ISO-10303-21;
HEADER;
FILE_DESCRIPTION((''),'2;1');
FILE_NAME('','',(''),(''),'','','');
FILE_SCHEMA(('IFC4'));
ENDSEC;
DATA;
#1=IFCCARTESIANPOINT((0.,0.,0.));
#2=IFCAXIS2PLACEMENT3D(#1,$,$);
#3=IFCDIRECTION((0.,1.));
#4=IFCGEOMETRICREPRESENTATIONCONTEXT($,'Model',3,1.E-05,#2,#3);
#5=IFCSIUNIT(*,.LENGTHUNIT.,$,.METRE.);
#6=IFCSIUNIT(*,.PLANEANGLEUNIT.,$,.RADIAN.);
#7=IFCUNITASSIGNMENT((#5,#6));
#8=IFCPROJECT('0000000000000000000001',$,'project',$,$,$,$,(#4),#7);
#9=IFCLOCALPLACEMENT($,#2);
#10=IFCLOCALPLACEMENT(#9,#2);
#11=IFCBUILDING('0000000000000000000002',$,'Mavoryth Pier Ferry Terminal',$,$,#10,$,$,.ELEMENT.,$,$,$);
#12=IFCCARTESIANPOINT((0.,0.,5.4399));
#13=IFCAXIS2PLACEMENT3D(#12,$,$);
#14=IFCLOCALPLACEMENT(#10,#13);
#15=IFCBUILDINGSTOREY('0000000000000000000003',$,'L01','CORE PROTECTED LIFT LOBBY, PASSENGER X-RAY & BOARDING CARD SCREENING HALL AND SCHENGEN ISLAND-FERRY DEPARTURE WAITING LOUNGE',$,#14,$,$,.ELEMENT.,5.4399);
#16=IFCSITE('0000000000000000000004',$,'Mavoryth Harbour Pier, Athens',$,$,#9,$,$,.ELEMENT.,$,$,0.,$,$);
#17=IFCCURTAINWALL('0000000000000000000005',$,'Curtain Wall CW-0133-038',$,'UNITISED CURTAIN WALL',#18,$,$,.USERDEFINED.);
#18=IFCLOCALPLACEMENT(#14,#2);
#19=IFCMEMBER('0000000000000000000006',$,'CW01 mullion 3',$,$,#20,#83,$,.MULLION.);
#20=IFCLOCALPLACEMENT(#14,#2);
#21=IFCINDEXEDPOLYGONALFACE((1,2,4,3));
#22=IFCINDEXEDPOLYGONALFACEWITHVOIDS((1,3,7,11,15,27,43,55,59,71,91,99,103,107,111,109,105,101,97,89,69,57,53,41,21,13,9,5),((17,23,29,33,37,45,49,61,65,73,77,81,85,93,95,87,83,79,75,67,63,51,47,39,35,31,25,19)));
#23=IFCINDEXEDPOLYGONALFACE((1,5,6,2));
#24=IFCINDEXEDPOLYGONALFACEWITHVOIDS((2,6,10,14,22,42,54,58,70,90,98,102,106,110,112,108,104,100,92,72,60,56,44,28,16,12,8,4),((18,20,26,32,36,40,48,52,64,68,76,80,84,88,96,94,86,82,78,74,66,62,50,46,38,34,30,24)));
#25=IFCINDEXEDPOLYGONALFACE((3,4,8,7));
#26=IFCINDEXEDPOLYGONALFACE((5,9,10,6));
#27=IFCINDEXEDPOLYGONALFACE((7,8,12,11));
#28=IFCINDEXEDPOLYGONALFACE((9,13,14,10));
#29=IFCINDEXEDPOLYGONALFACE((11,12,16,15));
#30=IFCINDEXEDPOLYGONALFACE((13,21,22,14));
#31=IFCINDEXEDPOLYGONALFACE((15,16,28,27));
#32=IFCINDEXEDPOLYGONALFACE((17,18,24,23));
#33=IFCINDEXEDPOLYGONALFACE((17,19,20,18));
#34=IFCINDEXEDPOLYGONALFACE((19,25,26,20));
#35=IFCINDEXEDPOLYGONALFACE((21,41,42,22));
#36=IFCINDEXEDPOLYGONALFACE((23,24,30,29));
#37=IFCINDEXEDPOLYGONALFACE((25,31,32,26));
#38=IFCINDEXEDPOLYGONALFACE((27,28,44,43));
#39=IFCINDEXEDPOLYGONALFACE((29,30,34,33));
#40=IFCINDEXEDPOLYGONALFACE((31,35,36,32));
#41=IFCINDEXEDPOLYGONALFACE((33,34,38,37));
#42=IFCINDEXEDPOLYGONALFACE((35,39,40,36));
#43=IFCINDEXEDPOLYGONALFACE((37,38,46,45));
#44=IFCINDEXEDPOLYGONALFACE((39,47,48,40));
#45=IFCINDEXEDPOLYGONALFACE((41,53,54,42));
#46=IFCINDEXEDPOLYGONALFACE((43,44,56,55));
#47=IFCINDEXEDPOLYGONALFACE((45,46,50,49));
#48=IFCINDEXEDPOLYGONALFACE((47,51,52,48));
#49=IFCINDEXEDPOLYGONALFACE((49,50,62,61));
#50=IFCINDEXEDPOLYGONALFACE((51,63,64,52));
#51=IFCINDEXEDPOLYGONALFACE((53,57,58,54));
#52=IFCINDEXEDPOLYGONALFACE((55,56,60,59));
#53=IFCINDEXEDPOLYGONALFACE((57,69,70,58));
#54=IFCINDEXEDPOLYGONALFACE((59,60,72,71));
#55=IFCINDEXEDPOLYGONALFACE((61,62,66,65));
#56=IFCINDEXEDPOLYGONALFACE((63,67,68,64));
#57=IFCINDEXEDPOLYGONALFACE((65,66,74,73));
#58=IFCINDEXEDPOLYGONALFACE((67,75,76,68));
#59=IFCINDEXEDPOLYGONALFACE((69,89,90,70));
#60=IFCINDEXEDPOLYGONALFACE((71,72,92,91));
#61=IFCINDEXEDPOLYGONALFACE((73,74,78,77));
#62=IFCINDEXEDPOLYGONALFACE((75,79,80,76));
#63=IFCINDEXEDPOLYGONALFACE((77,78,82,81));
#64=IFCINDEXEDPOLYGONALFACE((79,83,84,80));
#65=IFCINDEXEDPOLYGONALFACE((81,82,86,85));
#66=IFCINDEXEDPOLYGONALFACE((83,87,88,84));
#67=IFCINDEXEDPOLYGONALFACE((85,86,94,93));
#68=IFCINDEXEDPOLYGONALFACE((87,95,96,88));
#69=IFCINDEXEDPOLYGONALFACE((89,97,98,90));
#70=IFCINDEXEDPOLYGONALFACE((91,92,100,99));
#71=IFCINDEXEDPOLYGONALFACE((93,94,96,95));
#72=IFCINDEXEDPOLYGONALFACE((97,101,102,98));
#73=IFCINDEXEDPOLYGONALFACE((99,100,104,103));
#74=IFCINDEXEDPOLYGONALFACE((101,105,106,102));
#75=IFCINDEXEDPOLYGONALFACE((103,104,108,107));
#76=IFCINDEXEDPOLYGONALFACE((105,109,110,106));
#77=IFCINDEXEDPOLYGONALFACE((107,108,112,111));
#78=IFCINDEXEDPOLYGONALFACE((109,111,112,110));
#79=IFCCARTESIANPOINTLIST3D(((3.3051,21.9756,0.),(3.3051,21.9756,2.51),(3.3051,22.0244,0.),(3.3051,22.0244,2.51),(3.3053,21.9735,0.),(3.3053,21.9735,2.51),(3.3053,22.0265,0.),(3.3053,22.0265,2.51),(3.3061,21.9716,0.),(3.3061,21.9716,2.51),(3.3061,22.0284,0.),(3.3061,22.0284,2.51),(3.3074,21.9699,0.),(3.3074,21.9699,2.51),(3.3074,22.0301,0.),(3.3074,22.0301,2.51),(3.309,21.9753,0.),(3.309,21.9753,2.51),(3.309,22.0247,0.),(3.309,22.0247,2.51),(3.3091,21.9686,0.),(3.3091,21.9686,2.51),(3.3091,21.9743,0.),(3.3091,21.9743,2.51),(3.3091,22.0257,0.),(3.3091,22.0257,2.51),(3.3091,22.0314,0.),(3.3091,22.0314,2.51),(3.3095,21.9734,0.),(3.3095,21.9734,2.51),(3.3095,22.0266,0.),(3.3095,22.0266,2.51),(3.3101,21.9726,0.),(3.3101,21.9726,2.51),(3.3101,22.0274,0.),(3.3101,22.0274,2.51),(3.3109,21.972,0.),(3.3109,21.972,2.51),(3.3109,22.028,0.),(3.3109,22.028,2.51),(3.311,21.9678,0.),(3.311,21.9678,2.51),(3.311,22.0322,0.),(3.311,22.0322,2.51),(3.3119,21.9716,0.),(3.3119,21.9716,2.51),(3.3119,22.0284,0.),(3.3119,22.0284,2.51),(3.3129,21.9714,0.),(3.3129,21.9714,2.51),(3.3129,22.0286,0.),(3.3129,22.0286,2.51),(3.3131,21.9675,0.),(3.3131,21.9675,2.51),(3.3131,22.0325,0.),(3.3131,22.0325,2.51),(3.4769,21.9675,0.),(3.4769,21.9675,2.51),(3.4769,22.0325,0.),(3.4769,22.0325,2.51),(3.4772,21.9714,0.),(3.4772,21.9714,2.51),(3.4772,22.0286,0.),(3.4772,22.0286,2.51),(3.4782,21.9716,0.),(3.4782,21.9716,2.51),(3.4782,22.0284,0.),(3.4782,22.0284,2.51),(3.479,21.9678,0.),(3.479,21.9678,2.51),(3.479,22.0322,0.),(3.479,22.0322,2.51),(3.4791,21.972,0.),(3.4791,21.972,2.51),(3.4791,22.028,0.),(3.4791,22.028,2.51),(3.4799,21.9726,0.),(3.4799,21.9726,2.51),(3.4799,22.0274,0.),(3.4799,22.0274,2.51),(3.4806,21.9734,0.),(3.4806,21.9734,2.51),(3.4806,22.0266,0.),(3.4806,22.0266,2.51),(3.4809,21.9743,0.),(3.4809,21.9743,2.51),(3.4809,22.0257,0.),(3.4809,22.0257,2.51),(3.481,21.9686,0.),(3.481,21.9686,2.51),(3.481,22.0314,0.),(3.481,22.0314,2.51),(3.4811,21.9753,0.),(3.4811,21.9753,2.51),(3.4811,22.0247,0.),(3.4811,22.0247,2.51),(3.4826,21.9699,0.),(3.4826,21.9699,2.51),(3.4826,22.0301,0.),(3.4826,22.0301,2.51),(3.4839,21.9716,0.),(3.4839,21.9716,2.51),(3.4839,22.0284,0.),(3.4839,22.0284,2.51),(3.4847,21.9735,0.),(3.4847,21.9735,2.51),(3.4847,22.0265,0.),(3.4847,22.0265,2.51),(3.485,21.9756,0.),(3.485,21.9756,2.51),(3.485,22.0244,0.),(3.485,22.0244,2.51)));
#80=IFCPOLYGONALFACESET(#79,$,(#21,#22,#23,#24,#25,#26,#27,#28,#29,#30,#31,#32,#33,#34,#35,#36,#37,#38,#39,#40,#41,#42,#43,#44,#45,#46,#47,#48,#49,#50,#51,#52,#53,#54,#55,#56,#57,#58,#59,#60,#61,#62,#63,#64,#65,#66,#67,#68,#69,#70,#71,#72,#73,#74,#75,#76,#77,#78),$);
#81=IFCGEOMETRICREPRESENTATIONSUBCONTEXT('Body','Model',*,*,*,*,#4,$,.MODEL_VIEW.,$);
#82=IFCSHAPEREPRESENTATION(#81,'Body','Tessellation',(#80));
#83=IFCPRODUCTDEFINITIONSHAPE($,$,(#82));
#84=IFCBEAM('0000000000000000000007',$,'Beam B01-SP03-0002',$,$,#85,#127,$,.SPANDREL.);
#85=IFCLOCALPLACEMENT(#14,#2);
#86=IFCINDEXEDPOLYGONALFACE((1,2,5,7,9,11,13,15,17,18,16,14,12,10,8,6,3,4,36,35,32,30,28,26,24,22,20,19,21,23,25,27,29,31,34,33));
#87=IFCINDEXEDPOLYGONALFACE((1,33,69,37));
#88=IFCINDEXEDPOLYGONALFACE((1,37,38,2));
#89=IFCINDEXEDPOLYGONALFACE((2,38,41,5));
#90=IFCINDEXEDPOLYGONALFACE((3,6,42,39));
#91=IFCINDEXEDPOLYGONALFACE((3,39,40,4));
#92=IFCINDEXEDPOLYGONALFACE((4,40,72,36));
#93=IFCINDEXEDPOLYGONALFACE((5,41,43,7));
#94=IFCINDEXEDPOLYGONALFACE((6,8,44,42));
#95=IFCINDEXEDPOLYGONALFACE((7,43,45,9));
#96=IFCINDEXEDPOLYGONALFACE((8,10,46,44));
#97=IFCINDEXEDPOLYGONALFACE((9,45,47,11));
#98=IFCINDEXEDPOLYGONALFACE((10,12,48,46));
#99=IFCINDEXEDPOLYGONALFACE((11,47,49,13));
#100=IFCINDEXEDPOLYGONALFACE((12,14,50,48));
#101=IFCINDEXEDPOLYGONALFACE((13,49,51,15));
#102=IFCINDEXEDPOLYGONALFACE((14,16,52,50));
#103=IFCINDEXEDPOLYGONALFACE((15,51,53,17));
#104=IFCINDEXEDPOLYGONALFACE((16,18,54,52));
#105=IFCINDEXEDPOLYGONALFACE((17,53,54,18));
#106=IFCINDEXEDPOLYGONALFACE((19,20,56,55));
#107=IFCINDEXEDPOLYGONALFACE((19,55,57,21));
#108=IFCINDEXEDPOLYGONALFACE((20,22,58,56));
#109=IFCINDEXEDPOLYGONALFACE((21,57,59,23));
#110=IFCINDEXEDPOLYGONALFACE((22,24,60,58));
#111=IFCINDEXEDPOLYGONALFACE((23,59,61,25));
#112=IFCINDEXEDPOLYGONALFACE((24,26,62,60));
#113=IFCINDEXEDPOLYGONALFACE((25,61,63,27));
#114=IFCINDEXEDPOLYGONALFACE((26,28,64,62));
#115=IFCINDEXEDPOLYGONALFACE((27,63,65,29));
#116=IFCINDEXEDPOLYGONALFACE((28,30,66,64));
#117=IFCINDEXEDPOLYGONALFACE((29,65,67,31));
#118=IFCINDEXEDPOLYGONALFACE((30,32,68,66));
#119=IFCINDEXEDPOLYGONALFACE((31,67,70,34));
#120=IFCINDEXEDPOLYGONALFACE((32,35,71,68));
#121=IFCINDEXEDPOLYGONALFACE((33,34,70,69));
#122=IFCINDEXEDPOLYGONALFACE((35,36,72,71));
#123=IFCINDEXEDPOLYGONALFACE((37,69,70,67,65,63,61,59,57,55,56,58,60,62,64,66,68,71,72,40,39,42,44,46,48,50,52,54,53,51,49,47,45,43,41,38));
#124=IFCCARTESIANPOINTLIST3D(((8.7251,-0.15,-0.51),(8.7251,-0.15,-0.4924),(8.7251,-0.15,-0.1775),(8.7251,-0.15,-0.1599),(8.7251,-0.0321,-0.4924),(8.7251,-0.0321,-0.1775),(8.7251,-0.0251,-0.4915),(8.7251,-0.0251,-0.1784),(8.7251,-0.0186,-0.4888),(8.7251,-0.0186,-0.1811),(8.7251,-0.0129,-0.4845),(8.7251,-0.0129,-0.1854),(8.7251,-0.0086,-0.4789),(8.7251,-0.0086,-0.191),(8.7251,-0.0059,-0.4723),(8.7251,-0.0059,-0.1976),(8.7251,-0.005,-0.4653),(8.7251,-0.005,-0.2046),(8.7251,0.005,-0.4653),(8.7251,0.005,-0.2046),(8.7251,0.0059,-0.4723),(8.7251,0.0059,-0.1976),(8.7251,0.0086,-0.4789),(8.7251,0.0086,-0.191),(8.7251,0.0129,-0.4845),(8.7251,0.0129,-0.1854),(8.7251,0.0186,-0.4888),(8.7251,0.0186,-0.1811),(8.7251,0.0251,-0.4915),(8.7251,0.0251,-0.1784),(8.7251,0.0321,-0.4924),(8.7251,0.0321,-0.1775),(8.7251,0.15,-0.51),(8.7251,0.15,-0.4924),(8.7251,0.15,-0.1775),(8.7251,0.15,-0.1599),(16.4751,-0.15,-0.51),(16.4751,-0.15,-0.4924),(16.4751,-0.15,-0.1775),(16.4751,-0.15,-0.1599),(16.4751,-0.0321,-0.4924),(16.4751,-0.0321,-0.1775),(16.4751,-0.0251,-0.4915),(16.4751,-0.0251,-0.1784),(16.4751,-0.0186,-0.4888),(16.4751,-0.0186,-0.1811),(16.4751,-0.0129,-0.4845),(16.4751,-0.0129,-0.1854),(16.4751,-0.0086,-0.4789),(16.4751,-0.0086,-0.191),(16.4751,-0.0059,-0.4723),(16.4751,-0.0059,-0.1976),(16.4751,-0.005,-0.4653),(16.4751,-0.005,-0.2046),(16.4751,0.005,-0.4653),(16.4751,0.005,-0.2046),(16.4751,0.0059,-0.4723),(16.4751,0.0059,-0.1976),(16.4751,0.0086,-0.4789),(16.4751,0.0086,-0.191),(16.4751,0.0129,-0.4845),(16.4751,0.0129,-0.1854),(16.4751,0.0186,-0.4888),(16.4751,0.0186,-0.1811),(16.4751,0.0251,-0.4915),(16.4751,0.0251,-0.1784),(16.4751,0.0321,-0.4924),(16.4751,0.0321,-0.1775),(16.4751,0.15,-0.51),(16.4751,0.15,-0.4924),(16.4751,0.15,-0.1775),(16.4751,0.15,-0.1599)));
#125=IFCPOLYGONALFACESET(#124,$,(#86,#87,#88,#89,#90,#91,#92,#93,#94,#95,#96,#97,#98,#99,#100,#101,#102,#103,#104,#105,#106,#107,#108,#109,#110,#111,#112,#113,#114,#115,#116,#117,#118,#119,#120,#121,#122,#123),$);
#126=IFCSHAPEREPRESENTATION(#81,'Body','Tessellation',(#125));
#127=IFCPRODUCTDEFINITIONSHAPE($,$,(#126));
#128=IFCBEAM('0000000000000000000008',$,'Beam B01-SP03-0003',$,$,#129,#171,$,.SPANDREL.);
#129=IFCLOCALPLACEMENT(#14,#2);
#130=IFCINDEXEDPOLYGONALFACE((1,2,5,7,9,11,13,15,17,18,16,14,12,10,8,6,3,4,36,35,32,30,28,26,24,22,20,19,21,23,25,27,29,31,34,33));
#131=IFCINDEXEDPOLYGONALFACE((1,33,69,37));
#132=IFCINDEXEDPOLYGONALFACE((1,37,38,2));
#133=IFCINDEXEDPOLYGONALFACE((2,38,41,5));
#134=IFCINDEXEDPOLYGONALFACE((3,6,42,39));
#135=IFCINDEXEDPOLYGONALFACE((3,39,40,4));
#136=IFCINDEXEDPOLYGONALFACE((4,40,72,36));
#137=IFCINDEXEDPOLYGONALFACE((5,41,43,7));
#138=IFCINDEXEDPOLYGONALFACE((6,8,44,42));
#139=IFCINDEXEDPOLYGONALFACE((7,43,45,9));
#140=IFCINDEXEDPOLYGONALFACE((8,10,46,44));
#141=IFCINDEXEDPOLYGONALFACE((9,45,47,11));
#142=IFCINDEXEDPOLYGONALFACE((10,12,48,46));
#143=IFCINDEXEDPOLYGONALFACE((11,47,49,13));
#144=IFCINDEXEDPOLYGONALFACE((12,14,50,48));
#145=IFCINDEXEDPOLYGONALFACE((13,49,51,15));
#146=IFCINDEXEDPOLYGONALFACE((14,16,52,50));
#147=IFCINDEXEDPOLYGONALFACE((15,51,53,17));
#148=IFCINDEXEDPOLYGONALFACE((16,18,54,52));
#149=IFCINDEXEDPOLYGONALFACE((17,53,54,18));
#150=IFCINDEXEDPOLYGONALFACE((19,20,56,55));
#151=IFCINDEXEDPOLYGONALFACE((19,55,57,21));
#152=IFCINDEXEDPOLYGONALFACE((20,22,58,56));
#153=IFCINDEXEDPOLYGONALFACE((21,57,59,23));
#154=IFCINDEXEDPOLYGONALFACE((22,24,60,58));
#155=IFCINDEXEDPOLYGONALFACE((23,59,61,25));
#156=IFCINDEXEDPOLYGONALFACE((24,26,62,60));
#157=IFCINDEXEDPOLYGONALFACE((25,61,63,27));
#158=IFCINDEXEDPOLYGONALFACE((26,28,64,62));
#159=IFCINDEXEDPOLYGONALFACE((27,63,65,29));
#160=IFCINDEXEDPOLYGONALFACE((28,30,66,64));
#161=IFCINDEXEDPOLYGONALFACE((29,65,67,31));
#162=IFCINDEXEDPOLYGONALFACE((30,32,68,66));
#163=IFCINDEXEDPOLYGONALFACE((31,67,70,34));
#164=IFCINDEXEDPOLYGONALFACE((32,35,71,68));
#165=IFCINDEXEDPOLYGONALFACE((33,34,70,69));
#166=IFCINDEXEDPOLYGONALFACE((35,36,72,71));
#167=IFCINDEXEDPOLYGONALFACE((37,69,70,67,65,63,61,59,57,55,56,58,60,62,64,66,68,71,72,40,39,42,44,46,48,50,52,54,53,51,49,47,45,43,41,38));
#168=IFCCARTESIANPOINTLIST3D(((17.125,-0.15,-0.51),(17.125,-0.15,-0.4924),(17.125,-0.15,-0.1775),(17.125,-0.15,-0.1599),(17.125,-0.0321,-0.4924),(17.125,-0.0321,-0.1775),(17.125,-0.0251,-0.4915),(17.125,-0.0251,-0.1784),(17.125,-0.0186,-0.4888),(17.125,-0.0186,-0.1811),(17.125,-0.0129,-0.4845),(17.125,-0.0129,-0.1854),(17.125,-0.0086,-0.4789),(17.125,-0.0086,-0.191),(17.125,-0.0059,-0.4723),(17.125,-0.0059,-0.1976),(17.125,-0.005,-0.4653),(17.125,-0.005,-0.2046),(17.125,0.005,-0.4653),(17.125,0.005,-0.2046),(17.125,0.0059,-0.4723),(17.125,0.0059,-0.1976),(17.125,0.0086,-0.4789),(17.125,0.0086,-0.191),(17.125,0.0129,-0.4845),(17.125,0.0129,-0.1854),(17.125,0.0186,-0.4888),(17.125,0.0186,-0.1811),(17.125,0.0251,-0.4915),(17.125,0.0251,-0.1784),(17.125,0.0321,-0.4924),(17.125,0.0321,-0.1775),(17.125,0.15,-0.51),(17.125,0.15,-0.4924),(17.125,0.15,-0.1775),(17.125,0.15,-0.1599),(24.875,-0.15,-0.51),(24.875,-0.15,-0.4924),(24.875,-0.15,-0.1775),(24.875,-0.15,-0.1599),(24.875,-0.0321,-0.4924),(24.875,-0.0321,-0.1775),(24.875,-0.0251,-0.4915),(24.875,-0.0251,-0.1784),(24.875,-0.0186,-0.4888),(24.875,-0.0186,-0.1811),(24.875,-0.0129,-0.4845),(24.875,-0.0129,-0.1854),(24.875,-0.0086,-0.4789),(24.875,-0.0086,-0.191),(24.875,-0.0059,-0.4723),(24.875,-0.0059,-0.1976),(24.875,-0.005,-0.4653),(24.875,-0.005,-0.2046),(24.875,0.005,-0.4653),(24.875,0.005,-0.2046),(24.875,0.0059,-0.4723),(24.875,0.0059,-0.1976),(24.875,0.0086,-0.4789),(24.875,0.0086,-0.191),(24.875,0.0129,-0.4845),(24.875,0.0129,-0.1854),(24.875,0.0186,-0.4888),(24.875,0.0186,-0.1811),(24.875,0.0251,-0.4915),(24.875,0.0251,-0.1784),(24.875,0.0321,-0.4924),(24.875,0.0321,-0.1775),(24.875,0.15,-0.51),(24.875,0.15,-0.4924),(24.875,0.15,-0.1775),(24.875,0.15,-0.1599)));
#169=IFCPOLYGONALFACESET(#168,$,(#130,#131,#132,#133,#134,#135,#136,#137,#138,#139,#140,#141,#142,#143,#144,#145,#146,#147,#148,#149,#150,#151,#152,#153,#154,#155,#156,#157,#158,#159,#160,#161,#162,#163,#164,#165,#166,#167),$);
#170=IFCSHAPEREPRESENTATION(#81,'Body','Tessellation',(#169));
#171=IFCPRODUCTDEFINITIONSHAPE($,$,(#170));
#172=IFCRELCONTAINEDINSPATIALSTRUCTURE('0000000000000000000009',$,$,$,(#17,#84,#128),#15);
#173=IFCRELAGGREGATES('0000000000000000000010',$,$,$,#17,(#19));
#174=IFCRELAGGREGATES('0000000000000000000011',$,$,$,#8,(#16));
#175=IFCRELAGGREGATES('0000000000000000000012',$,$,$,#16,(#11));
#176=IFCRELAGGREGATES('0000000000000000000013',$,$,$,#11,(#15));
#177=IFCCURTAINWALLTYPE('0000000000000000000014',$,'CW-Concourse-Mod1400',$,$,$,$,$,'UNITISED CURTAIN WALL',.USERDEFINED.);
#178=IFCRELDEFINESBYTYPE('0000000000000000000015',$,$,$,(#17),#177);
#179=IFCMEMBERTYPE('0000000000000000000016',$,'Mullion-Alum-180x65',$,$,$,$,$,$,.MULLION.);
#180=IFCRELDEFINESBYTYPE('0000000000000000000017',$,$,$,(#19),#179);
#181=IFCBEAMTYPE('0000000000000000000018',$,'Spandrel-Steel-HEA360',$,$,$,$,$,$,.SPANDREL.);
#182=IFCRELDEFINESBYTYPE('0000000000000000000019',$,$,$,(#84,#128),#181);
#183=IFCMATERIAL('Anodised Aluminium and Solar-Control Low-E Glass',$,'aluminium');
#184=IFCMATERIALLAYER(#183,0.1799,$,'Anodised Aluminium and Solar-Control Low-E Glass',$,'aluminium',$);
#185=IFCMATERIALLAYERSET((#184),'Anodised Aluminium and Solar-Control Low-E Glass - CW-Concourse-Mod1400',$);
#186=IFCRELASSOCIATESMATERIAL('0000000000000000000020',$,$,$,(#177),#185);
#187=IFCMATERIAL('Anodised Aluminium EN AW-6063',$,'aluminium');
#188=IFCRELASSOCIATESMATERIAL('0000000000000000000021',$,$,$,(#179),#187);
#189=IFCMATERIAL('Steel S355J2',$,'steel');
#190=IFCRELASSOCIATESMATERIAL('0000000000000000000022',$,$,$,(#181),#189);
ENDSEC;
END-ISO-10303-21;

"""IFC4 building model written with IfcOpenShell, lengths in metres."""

from ifc_helpers import new_model, si_unit, direction, frame, origin, origin_2d, place, context, subcontext, project, spatial, hollow_rectangle, i_section, extrude, material, layer, layer_set, material_profile, profile_set, type_object, element, aggregate, save


model = new_model("IFC4")

# Units and contexts
model_context = context("Model", 3, precision=1e-05, world=origin(), true_north=direction((0.0, 1.0)))
body_context = subcontext(model_context, "Body", "Model", "MODEL_VIEW")
ifc_project = project(units=[si_unit("LENGTHUNIT", "METRE"), si_unit("PLANEANGLEUNIT", "RADIAN")], contexts=[model_context])

# Site, building, storey
site_placement = place(None, origin())
site = spatial("IfcSite", under=ifc_project, at=site_placement, Name="Mavoryth Harbour Pier, Athens", CompositionType="ELEMENT", RefElevation=0.0)
building_placement = place(site_placement, origin())
building = spatial("IfcBuilding", under=site, at=building_placement, Name="Mavoryth Pier Ferry Terminal", CompositionType="ELEMENT")
storey_placement = place(building_placement, frame((0.0, 0.0, 5.4399)))
storey = spatial("IfcBuildingStorey", under=building, at=storey_placement, Name="L01", Description="CORE PROTECTED LIFT LOBBY, PASSENGER X-RAY & BOARDING CARD SCREENING HALL AND SCHENGEN ISLAND-FERRY DEPARTURE WAITING LOUNGE", CompositionType="ELEMENT", Elevation=5.4399)

# Shared definitions
ifc_material_1 = material(Name="Steel S355J2", Category="steel")

# Curtain wall, member
ifc_material_2 = material(Name="Anodised Aluminium and Solar-Control Low-E Glass", Category="aluminium")
ifc_layer_1 = layer(ifc_material_2, 0.1799, Name="Anodised Aluminium and Solar-Control Low-E Glass", Category="aluminium")
ifc_layer_set_1 = layer_set([ifc_layer_1], Name="Anodised Aluminium and Solar-Control Low-E Glass - CW-Concourse-Mod1400")
curtain_wall_type = type_object("IfcCurtainWallType", Name="CW-Concourse-Mod1400", ElementType="UNITISED CURTAIN WALL", PredefinedType="USERDEFINED", material=ifc_layer_set_1)
curtain_wall_placement = place(storey_placement, origin())
curtain_wall = element("IfcCurtainWall", 1, at=curtain_wall_placement, inside=storey, type_object=curtain_wall_type, Name="Curtain Wall CW-0133-038", ObjectType="UNITISED CURTAIN WALL", PredefinedType="USERDEFINED")
ifc_material_3 = material(Name="Anodised Aluminium EN AW-6063", Category="aluminium")
ifc_material_profile_1 = material_profile(ifc_material_3, hollow_rectangle(XDim=0.0649, YDim=0.1799, WallThickness=0.0039, InnerFilletRadius=0.0039, OuterFilletRadius=0.0081, at=origin_2d()), Name="AL-MULL 180x65x4", Category="aluminium")
ifc_profile_set_1 = profile_set([ifc_material_profile_1], Name="Anodised Aluminium EN AW-6063 - AL-MULL 180x65x4")
member_type_1 = type_object("IfcMemberType", Name="Mullion-Alum-180x65", PredefinedType="MULLION", material=ifc_profile_set_1)
member_1_placement = place(storey_placement, frame((3.395, 22.0, 0.0), z_axis=(0.0, 0.0, 1.0), x_axis=(0.0, 1.0, 0.0)))
member_1 = element("IfcMember", 2, at=member_1_placement, type_object=member_type_1, Name="CW01 mullion 3", PredefinedType="MULLION", context=body_context, shape_type="SweptSolid", body=[
    extrude(hollow_rectangle(XDim=0.0649, YDim=0.1799, WallThickness=0.0039, InnerFilletRadius=0.0039, OuterFilletRadius=0.0081, at=origin_2d()), origin(), (0.0, 0.0, 1.0), 2.51),
])

# Beams
ifc_material_profile_2 = material_profile(ifc_material_1, i_section(OverallWidth=0.3, OverallDepth=0.3501, WebThickness=0.01, FlangeThickness=0.0176, FilletRadius=0.0271, at=origin_2d()), Name="HEA 360", Category="steel")
ifc_profile_set_2 = profile_set([ifc_material_profile_2], Name="Steel S355J2 - HEA 360")
beam_type_1 = type_object("IfcBeamType", Name="Spandrel-Steel-HEA360", PredefinedType="SPANDREL", material=ifc_profile_set_2)
for number, where, z_axis, x_axis, name in (
    (3, (8.7251, 0.0, -0.335), (1.0, 0.0, 0.0), (0.0, 1.0, 0.0), "Beam B01-SP03-0002"),
    (4, (17.125, 0.0, -0.335), (1.0, 0.0, 0.0), (0.0, 1.0, 0.0), "Beam B01-SP03-0003"),
):
    element("IfcBeam", number, at=place(storey_placement, frame(where, z_axis=z_axis, x_axis=x_axis)), inside=storey, type_object=beam_type_1, Name=name, PredefinedType="SPANDREL", context=body_context, shape_type="SweptSolid", body=[
        extrude(i_section(OverallWidth=0.3, OverallDepth=0.3501, WebThickness=0.01, FlangeThickness=0.0176, FilletRadius=0.0271, at=origin_2d()), origin(), (0.0, 0.0, 1.0), 7.75),
    ])

aggregate(curtain_wall, [member_1])

save(model, "model.ifc")
